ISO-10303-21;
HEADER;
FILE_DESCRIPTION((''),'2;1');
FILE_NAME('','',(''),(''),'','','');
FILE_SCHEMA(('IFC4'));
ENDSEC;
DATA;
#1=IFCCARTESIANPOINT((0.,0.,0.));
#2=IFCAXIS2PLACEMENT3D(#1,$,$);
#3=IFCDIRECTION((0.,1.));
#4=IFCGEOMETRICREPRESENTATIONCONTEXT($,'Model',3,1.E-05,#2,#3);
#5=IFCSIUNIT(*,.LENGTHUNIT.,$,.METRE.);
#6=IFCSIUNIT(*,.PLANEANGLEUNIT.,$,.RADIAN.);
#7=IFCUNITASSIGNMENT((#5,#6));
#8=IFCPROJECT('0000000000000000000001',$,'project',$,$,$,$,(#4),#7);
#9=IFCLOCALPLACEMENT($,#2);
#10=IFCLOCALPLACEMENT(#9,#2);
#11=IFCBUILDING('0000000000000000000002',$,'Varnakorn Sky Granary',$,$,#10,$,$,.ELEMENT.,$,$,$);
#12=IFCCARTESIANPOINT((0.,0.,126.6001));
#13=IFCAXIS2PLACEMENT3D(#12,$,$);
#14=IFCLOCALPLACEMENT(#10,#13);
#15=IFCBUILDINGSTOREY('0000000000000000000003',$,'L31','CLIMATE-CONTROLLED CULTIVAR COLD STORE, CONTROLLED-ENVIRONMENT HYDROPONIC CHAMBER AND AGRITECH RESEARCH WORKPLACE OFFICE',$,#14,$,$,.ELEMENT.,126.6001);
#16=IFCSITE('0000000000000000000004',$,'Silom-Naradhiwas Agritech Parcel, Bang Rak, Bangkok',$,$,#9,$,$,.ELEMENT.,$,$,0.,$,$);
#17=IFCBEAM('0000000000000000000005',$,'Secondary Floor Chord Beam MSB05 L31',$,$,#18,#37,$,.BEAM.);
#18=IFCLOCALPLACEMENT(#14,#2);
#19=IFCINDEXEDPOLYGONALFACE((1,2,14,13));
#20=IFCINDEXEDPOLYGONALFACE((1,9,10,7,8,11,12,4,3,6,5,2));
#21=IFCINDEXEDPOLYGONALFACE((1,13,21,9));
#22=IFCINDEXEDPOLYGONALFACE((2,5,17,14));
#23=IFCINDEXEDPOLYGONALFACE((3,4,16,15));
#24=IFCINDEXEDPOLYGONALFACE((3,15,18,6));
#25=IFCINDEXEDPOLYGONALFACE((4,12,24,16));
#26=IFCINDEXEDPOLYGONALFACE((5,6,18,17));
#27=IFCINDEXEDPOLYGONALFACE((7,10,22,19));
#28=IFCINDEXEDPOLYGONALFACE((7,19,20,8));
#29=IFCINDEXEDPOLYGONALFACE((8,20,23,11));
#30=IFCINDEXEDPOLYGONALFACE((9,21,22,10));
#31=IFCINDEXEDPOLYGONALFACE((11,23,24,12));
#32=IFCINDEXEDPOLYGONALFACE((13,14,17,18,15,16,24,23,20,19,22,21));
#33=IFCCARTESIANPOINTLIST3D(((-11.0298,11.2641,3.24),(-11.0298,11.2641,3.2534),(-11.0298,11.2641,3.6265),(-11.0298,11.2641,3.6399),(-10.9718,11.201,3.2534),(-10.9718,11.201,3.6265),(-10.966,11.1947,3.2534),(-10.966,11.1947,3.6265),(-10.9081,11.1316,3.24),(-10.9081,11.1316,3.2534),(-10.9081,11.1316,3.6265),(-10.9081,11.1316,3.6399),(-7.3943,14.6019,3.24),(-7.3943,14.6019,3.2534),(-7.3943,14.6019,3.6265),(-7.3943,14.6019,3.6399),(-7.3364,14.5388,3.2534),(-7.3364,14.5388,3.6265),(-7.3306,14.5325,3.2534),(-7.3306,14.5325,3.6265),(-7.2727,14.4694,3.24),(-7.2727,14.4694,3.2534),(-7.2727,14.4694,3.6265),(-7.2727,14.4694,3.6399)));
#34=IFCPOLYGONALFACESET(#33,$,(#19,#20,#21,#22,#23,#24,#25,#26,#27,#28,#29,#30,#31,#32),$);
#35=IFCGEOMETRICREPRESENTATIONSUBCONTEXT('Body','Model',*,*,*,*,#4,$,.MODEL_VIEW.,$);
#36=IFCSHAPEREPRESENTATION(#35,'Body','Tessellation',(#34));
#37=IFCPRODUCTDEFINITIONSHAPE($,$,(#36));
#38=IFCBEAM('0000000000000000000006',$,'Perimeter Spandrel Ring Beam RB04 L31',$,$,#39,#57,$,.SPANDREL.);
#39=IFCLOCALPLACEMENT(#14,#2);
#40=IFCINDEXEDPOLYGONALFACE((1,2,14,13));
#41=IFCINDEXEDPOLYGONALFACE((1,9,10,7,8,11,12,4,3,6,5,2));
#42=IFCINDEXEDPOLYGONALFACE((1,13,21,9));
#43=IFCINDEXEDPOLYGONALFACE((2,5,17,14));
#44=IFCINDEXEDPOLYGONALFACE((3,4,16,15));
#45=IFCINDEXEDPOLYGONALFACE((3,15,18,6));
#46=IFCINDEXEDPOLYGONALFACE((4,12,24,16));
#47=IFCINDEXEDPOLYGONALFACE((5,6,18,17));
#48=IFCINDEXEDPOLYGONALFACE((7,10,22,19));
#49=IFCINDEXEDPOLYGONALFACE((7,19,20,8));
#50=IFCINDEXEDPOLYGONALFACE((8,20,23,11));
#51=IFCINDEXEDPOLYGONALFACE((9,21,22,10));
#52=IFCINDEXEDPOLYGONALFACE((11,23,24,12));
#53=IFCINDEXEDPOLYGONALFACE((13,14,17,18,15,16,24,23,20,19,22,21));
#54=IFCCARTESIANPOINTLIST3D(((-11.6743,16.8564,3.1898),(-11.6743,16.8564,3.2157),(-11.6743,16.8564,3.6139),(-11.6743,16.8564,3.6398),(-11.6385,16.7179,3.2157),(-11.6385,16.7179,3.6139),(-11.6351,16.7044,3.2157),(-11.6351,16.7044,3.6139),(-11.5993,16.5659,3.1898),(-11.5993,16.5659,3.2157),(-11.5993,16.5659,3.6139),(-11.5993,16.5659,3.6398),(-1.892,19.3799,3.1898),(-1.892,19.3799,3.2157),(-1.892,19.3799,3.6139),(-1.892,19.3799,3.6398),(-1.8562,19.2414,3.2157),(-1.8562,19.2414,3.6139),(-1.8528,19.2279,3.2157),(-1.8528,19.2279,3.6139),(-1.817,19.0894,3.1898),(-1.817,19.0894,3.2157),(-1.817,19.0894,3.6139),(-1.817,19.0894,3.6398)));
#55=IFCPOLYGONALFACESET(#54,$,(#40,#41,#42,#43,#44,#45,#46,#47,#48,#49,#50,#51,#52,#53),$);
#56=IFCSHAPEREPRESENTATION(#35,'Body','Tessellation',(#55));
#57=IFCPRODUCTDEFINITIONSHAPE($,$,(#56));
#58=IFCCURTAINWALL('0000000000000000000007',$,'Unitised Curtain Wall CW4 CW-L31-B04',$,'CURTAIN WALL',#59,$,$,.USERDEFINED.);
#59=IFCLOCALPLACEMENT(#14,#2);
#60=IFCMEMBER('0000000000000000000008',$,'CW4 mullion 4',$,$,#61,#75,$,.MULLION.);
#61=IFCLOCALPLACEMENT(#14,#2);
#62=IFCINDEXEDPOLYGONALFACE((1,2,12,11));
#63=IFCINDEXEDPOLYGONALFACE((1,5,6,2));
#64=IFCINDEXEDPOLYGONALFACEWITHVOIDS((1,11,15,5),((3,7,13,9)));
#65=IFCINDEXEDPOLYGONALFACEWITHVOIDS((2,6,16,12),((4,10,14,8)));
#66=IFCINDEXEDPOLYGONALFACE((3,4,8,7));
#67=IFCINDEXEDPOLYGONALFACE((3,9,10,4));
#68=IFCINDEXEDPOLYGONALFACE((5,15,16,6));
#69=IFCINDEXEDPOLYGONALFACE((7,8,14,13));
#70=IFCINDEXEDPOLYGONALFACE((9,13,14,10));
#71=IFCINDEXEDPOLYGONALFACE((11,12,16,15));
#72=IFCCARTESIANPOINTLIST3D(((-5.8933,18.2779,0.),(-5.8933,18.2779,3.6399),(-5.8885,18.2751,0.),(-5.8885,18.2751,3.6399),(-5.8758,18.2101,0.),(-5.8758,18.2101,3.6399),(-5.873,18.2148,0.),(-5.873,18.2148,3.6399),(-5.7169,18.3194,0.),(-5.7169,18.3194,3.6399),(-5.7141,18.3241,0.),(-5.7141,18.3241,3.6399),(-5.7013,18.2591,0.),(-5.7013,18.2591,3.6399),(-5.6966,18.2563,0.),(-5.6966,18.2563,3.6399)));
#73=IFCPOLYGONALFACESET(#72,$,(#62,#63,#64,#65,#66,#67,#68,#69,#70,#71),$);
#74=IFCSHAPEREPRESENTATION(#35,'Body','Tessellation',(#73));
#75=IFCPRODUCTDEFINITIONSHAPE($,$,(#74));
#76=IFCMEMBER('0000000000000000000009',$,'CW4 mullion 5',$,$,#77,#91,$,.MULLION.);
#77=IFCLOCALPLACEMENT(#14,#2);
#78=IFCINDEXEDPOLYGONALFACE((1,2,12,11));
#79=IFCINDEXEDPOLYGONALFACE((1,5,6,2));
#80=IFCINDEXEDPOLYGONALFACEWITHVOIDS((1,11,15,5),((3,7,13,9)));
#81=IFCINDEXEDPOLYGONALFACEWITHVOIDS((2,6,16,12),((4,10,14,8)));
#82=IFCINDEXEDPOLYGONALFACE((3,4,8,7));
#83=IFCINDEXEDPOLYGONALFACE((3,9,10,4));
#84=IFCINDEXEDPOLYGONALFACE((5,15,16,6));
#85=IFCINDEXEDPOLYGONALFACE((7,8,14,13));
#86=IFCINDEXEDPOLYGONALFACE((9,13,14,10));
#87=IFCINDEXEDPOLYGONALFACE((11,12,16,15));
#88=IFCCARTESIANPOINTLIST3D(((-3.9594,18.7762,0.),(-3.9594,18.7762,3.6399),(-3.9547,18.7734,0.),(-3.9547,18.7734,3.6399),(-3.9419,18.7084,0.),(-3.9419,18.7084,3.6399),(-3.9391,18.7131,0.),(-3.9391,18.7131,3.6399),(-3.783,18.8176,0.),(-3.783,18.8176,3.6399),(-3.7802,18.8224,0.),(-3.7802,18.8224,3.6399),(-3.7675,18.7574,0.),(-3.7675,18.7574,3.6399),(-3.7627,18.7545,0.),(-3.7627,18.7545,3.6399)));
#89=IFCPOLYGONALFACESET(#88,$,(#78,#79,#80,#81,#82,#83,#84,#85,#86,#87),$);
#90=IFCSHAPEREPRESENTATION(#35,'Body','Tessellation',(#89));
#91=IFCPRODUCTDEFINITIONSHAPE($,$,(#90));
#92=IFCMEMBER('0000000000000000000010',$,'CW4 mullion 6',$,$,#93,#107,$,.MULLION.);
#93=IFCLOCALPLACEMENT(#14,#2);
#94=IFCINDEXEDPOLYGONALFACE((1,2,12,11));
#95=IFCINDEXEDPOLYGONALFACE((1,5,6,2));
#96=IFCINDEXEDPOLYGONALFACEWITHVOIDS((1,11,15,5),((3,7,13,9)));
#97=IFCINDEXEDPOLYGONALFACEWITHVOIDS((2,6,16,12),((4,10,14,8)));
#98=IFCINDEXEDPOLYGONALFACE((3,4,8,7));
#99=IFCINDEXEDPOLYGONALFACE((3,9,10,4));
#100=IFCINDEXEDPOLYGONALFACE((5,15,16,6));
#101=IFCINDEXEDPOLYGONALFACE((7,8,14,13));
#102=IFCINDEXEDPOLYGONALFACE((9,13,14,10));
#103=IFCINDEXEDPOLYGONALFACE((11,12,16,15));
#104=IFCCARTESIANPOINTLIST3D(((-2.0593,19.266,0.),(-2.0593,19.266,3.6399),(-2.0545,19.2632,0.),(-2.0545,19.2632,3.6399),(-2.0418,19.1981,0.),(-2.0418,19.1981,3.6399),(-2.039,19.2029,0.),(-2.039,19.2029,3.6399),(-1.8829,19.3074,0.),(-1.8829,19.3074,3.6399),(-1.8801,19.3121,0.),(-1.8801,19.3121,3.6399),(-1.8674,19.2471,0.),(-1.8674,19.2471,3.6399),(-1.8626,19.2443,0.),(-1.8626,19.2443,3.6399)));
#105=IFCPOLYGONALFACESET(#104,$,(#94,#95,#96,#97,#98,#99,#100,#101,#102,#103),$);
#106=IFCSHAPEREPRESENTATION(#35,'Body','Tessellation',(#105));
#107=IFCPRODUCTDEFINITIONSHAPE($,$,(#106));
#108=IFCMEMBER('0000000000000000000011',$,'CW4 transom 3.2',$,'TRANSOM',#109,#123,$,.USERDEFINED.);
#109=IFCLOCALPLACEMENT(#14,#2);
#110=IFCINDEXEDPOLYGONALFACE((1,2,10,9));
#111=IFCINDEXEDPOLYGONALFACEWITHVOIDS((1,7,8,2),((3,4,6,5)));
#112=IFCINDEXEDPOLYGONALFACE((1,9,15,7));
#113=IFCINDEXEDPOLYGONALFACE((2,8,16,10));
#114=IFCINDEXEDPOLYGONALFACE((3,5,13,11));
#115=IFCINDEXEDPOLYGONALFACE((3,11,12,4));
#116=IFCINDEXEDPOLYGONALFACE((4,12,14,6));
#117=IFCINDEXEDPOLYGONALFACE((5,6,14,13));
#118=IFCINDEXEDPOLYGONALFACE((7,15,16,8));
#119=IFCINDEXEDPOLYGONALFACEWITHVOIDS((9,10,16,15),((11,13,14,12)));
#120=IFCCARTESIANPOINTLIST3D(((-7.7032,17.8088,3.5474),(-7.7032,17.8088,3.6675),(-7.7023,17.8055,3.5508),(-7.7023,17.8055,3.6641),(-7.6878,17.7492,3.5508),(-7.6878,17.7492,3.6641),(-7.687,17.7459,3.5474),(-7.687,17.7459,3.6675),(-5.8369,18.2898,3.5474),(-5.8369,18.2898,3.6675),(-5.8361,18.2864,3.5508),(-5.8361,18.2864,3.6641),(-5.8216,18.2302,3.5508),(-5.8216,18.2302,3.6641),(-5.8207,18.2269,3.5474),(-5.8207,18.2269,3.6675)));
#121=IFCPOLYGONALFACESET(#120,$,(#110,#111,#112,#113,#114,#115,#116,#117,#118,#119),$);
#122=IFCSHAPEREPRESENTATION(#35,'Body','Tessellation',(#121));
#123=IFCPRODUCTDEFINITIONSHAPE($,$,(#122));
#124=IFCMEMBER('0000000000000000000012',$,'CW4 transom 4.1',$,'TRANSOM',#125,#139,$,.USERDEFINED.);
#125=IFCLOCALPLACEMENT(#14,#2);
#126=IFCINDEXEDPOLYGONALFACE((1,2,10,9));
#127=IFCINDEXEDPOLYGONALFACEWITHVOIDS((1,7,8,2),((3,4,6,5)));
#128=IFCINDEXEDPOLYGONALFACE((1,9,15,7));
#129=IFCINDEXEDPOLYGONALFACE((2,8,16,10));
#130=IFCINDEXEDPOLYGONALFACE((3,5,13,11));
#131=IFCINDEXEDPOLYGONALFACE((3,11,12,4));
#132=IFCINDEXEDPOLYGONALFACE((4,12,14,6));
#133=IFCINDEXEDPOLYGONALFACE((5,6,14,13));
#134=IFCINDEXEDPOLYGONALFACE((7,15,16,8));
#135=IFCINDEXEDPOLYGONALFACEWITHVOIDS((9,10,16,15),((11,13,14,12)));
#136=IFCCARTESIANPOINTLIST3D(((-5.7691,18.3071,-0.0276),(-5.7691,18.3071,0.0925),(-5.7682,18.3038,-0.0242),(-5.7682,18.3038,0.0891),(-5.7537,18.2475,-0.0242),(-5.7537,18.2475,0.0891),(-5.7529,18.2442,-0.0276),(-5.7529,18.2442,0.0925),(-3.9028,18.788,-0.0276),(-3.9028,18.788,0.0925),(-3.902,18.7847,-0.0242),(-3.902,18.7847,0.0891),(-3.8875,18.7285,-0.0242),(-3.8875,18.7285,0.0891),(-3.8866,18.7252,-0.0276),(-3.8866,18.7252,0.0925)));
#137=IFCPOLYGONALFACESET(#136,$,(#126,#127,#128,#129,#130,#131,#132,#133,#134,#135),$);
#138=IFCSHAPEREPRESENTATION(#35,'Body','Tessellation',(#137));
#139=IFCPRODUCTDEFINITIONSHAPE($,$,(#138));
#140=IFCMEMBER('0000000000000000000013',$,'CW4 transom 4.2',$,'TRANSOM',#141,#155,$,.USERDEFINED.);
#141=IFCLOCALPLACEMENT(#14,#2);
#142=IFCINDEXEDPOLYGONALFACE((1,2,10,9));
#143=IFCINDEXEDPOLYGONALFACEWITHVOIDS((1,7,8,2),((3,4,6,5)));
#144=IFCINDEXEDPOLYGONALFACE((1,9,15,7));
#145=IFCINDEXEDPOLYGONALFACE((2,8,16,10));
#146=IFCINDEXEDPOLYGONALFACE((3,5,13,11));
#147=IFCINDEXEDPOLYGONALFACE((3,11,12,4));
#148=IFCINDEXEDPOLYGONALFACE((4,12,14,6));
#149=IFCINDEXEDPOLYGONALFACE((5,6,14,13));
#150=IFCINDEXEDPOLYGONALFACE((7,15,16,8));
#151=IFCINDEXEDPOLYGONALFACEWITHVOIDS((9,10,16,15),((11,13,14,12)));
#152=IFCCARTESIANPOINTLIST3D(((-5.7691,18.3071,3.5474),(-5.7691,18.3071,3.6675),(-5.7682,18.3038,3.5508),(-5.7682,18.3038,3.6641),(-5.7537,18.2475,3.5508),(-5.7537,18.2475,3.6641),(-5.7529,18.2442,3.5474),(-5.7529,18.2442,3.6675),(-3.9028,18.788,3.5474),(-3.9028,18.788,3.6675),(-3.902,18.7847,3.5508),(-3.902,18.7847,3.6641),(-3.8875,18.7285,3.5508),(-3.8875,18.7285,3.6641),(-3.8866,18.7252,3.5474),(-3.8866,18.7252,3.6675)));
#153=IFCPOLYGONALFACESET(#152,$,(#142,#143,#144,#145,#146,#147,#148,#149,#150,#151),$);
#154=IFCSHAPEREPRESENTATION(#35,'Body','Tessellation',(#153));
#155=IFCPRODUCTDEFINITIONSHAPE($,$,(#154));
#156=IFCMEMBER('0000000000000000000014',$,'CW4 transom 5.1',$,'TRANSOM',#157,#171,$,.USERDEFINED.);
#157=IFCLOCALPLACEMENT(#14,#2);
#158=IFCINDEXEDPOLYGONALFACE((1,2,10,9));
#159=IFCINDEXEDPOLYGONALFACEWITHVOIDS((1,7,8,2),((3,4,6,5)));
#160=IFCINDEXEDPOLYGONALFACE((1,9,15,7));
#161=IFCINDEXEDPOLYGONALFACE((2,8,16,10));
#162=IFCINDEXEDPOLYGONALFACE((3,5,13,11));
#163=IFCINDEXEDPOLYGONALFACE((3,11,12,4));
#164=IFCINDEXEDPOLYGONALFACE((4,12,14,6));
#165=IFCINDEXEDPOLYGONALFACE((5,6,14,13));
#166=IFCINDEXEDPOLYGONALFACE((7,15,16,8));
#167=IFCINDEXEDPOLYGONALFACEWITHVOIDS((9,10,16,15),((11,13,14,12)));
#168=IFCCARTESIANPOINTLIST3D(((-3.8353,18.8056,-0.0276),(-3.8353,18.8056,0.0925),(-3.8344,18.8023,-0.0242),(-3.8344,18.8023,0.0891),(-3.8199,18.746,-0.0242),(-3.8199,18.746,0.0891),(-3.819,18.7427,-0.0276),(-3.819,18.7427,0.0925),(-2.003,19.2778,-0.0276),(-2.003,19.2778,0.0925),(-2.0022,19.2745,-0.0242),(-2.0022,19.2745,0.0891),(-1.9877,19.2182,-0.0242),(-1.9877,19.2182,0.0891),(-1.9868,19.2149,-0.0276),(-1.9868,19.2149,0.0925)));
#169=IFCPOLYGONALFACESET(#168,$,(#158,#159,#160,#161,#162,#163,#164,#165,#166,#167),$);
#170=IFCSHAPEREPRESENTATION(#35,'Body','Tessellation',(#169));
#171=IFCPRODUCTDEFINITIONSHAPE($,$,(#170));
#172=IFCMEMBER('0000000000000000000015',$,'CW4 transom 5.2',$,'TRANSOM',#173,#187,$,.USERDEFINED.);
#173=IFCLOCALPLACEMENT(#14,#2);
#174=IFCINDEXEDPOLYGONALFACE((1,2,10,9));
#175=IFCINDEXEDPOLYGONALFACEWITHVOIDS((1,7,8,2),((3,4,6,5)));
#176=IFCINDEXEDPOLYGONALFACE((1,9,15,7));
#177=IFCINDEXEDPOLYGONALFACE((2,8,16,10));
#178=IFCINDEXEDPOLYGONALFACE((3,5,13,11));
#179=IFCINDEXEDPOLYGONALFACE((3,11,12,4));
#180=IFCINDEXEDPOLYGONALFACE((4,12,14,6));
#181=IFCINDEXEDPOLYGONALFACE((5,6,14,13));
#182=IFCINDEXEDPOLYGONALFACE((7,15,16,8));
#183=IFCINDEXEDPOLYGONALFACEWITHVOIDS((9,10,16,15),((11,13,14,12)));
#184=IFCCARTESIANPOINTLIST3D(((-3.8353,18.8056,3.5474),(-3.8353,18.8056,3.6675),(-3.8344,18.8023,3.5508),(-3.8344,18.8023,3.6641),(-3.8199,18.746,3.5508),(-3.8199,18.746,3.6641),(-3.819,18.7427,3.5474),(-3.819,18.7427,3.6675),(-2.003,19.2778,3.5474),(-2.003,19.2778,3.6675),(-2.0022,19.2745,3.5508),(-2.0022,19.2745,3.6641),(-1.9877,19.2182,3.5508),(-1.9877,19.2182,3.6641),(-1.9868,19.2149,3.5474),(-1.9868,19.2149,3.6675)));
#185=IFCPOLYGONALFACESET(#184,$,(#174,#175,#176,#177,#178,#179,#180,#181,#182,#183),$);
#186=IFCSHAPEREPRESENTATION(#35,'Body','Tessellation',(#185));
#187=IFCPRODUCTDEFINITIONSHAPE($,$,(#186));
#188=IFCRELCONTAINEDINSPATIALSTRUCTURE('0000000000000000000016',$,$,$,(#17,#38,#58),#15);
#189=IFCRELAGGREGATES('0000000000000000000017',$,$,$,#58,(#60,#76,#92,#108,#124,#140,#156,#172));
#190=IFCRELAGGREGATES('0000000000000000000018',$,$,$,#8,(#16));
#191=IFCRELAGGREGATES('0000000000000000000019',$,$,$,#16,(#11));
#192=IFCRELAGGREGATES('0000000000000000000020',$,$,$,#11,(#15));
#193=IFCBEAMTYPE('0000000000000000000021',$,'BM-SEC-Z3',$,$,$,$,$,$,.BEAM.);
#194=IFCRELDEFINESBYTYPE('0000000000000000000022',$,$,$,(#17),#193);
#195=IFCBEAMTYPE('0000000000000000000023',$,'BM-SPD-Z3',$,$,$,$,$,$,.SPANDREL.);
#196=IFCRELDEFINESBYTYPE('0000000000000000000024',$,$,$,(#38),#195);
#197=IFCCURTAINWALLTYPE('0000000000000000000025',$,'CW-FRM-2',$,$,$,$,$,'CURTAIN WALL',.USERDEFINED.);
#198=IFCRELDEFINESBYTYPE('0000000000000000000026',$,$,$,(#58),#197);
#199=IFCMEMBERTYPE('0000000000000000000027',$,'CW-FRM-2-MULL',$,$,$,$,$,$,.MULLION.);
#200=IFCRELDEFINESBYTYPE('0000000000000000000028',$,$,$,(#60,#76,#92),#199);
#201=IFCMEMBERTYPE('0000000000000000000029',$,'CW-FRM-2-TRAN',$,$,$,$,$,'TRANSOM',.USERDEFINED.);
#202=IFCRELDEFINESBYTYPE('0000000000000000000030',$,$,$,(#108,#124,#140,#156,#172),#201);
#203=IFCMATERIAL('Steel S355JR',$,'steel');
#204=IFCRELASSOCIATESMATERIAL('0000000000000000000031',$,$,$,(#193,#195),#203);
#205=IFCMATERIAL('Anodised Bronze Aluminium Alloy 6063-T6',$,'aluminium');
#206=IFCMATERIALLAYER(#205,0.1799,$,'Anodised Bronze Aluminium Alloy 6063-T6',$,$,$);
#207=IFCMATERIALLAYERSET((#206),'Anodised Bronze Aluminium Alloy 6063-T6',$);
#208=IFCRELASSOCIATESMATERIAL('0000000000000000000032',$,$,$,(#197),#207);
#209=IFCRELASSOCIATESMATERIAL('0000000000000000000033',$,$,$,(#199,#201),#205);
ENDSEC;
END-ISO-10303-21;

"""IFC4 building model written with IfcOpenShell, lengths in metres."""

from ifc_helpers import new_model, si_unit, direction, frame, origin, origin_2d, place, context, subcontext, project, spatial, hollow_rectangle, i_section, extrude, material, layer, layer_set, material_profile, profile_set, type_object, element, aggregate, save


model = new_model("IFC4")

# Units and contexts
model_context = context("Model", 3, precision=1e-05, world=origin(), true_north=direction((0.0, 1.0)))
body_context = subcontext(model_context, "Body", "Model", "MODEL_VIEW")
ifc_project = project(units=[si_unit("LENGTHUNIT", "METRE"), si_unit("PLANEANGLEUNIT", "RADIAN")], contexts=[model_context])

# Site, building, storey
site_placement = place(None, origin())
site = spatial("IfcSite", under=ifc_project, at=site_placement, Name="Silom-Naradhiwas Agritech Parcel, Bang Rak, Bangkok", CompositionType="ELEMENT", RefElevation=0.0)
building_placement = place(site_placement, origin())
building = spatial("IfcBuilding", under=site, at=building_placement, Name="Varnakorn Sky Granary", CompositionType="ELEMENT")
storey_placement = place(building_placement, frame((0.0, 0.0, 126.6001)))
storey = spatial("IfcBuildingStorey", under=building, at=storey_placement, Name="L31", Description="CLIMATE-CONTROLLED CULTIVAR COLD STORE, CONTROLLED-ENVIRONMENT HYDROPONIC CHAMBER AND AGRITECH RESEARCH WORKPLACE OFFICE", CompositionType="ELEMENT", Elevation=126.6001)

# Beams
ifc_material_1 = material(Name="Steel S355JR", Category="steel")
ifc_material_profile_1 = material_profile(ifc_material_1, i_section(OverallWidth=0.1799, OverallDepth=0.3999, WebThickness=0.0085, FlangeThickness=0.0134, at=origin_2d()), Name="IPE 400")
ifc_profile_set_1 = profile_set([ifc_material_profile_1], Name="Steel S355JR")
beam_type_1 = type_object("IfcBeamType", Name="BM-SEC-Z3", PredefinedType="BEAM", material=ifc_profile_set_1)
beam_1_placement = place(storey_placement, frame((-7.3335, 14.5356, 3.4399), z_axis=(-0.736614, -0.676314, 0.0), x_axis=(0.676314, -0.736614, 0.0)))
element("IfcBeam", 1, at=beam_1_placement, inside=storey, type_object=beam_type_1, Name="Secondary Floor Chord Beam MSB05 L31", PredefinedType="BEAM", context=body_context, shape_type="SweptSolid", body=[
    extrude(i_section(OverallWidth=0.1799, OverallDepth=0.3999, WebThickness=0.0085, FlangeThickness=0.0134, at=origin_2d()), origin(), (0.0, 0.0, 1.0), 4.9353),
])
ifc_material_profile_2 = material_profile(ifc_material_1, i_section(OverallWidth=0.3, OverallDepth=0.45, WebThickness=0.0139, FlangeThickness=0.0259, at=origin_2d()), Name="HE 450 B")
ifc_profile_set_2 = profile_set([ifc_material_profile_2], Name="Steel S355JR")
beam_type_2 = type_object("IfcBeamType", Name="BM-SPD-Z3", PredefinedType="SPANDREL", material=ifc_profile_set_2)
beam_2_placement = place(storey_placement, frame((-1.8545, 19.2346, 3.4148), z_axis=(-0.968301, -0.249784, 0.0), x_axis=(0.249784, -0.968301, 0.0)))
element("IfcBeam", 2, at=beam_2_placement, inside=storey, type_object=beam_type_2, Name="Perimeter Spandrel Ring Beam RB04 L31", PredefinedType="SPANDREL", context=body_context, shape_type="SweptSolid", body=[
    extrude(i_section(OverallWidth=0.3, OverallDepth=0.45, WebThickness=0.0139, FlangeThickness=0.0259, at=origin_2d()), origin(), (0.0, 0.0, 1.0), 10.1025),
])

# Curtain wall, members
ifc_material_2 = material(Name="Anodised Bronze Aluminium Alloy 6063-T6", Category="aluminium")
ifc_layer_1 = layer(ifc_material_2, 0.1799, Name="Anodised Bronze Aluminium Alloy 6063-T6")
ifc_layer_set_1 = layer_set([ifc_layer_1], Name="Anodised Bronze Aluminium Alloy 6063-T6")
curtain_wall_type = type_object("IfcCurtainWallType", Name="CW-FRM-2", ElementType="CURTAIN WALL", PredefinedType="USERDEFINED", material=ifc_layer_set_1)
curtain_wall_placement = place(storey_placement, origin())
curtain_wall = element("IfcCurtainWall", 3, at=curtain_wall_placement, inside=storey, type_object=curtain_wall_type, Name="Unitised Curtain Wall CW4 CW-L31-B04", ObjectType="CURTAIN WALL", PredefinedType="USERDEFINED")
ifc_material_profile_3 = material_profile(ifc_material_2, hollow_rectangle(XDim=0.0701, YDim=0.1851, WallThickness=0.0039, at=origin_2d()), Name="ALU MULL 70x185")
ifc_profile_set_3 = profile_set([ifc_material_profile_3], Name="Anodised Bronze Aluminium Alloy 6063-T6")
member_type_1 = type_object("IfcMemberType", Name="CW-FRM-2-MULL", PredefinedType="MULLION", material=ifc_profile_set_3)
member_1_placement = place(storey_placement, frame((-5.7949, 18.2671, 0.0), z_axis=(0.0, 0.0, 1.0), x_axis=(-0.249579, 0.968354, 0.0)))
member_1 = element("IfcMember", 4, at=member_1_placement, type_object=member_type_1, Name="CW4 mullion 4", PredefinedType="MULLION", context=body_context, shape_type="SweptSolid", body=[
    extrude(hollow_rectangle(XDim=0.0701, YDim=0.1851, WallThickness=0.0039, at=origin_2d()), origin(), (0.0, 0.0, 1.0), 3.6399),
])
member_2_placement = place(storey_placement, frame((-3.8611, 18.7654, 0.0), z_axis=(0.0, 0.0, 1.0), x_axis=(-0.249579, 0.968354, 0.0)))
member_2 = element("IfcMember", 5, at=member_2_placement, type_object=member_type_1, Name="CW4 mullion 5", PredefinedType="MULLION", context=body_context, shape_type="SweptSolid", body=[
    extrude(hollow_rectangle(XDim=0.0701, YDim=0.1851, WallThickness=0.0039, at=origin_2d()), origin(), (0.0, 0.0, 1.0), 3.6399),
])
member_3_placement = place(storey_placement, frame((-1.9609, 19.2551, 0.0), z_axis=(0.0, 0.0, 1.0), x_axis=(-0.249579, 0.968354, 0.0)))
member_3 = element("IfcMember", 6, at=member_3_placement, type_object=member_type_1, Name="CW4 mullion 6", PredefinedType="MULLION", context=body_context, shape_type="SweptSolid", body=[
    extrude(hollow_rectangle(XDim=0.0701, YDim=0.1851, WallThickness=0.0039, at=origin_2d()), origin(), (0.0, 0.0, 1.0), 3.6399),
])
ifc_material_profile_4 = material_profile(ifc_material_2, hollow_rectangle(XDim=0.0649, YDim=0.1201, WallThickness=0.0034, at=origin_2d()), Name="ALU TRAN 65x120")
ifc_profile_set_4 = profile_set([ifc_material_profile_4], Name="Anodised Bronze Aluminium Alloy 6063-T6")
member_type_2 = type_object("IfcMemberType", Name="CW-FRM-2-TRAN", ElementType="TRANSOM", PredefinedType="USERDEFINED", material=ifc_profile_set_4)
member_4_placement = place(storey_placement, frame((-7.6951, 17.7773, 3.6074), z_axis=(0.968358, 0.249564, 0.0), x_axis=(-0.249564, 0.968358, 0.0)))
member_4 = element("IfcMember", 7, at=member_4_placement, type_object=member_type_2, Name="CW4 transom 3.2", ObjectType="TRANSOM", PredefinedType="USERDEFINED", context=body_context, shape_type="SweptSolid", body=[
    extrude(hollow_rectangle(XDim=0.0649, YDim=0.1201, WallThickness=0.0034, at=origin_2d()), origin(), (0.0, 0.0, 1.0), 1.9272),
])
member_5_placement = place(storey_placement, frame((-5.761, 18.2756, 0.0325), z_axis=(0.968358, 0.249564, 0.0), x_axis=(-0.249564, 0.968358, 0.0)))
member_5 = element("IfcMember", 8, at=member_5_placement, type_object=member_type_2, Name="CW4 transom 4.1", ObjectType="TRANSOM", PredefinedType="USERDEFINED", context=body_context, shape_type="SweptSolid", body=[
    extrude(hollow_rectangle(XDim=0.0649, YDim=0.1201, WallThickness=0.0034, at=origin_2d()), origin(), (0.0, 0.0, 1.0), 1.9272),
])
member_6_placement = place(storey_placement, frame((-5.761, 18.2756, 3.6074), z_axis=(0.968358, 0.249564, 0.0), x_axis=(-0.249564, 0.968358, 0.0)))
member_6 = element("IfcMember", 9, at=member_6_placement, type_object=member_type_2, Name="CW4 transom 4.2", ObjectType="TRANSOM", PredefinedType="USERDEFINED", context=body_context, shape_type="SweptSolid", body=[
    extrude(hollow_rectangle(XDim=0.0649, YDim=0.1201, WallThickness=0.0034, at=origin_2d()), origin(), (0.0, 0.0, 1.0), 1.9272),
])
member_7_placement = place(storey_placement, frame((-3.8271, 18.7742, 0.0325), z_axis=(0.968364, 0.249542, 0.0), x_axis=(-0.249542, 0.968364, 0.0)))
member_7 = element("IfcMember", 10, at=member_7_placement, type_object=member_type_2, Name="CW4 transom 5.1", ObjectType="TRANSOM", PredefinedType="USERDEFINED", context=body_context, shape_type="SweptSolid", body=[
    extrude(hollow_rectangle(XDim=0.0649, YDim=0.1201, WallThickness=0.0034, at=origin_2d()), origin(), (0.0, 0.0, 1.0), 1.8921),
])
member_8_placement = place(storey_placement, frame((-3.8271, 18.7742, 3.6074), z_axis=(0.968364, 0.249542, 0.0), x_axis=(-0.249542, 0.968364, 0.0)))
member_8 = element("IfcMember", 11, at=member_8_placement, type_object=member_type_2, Name="CW4 transom 5.2", ObjectType="TRANSOM", PredefinedType="USERDEFINED", context=body_context, shape_type="SweptSolid", body=[
    extrude(hollow_rectangle(XDim=0.0649, YDim=0.1201, WallThickness=0.0034, at=origin_2d()), origin(), (0.0, 0.0, 1.0), 1.8921),
])
aggregate(curtain_wall, [member_1, member_2, member_3, member_4, member_5, member_6, member_7, member_8])

save(model, "model.ifc")
